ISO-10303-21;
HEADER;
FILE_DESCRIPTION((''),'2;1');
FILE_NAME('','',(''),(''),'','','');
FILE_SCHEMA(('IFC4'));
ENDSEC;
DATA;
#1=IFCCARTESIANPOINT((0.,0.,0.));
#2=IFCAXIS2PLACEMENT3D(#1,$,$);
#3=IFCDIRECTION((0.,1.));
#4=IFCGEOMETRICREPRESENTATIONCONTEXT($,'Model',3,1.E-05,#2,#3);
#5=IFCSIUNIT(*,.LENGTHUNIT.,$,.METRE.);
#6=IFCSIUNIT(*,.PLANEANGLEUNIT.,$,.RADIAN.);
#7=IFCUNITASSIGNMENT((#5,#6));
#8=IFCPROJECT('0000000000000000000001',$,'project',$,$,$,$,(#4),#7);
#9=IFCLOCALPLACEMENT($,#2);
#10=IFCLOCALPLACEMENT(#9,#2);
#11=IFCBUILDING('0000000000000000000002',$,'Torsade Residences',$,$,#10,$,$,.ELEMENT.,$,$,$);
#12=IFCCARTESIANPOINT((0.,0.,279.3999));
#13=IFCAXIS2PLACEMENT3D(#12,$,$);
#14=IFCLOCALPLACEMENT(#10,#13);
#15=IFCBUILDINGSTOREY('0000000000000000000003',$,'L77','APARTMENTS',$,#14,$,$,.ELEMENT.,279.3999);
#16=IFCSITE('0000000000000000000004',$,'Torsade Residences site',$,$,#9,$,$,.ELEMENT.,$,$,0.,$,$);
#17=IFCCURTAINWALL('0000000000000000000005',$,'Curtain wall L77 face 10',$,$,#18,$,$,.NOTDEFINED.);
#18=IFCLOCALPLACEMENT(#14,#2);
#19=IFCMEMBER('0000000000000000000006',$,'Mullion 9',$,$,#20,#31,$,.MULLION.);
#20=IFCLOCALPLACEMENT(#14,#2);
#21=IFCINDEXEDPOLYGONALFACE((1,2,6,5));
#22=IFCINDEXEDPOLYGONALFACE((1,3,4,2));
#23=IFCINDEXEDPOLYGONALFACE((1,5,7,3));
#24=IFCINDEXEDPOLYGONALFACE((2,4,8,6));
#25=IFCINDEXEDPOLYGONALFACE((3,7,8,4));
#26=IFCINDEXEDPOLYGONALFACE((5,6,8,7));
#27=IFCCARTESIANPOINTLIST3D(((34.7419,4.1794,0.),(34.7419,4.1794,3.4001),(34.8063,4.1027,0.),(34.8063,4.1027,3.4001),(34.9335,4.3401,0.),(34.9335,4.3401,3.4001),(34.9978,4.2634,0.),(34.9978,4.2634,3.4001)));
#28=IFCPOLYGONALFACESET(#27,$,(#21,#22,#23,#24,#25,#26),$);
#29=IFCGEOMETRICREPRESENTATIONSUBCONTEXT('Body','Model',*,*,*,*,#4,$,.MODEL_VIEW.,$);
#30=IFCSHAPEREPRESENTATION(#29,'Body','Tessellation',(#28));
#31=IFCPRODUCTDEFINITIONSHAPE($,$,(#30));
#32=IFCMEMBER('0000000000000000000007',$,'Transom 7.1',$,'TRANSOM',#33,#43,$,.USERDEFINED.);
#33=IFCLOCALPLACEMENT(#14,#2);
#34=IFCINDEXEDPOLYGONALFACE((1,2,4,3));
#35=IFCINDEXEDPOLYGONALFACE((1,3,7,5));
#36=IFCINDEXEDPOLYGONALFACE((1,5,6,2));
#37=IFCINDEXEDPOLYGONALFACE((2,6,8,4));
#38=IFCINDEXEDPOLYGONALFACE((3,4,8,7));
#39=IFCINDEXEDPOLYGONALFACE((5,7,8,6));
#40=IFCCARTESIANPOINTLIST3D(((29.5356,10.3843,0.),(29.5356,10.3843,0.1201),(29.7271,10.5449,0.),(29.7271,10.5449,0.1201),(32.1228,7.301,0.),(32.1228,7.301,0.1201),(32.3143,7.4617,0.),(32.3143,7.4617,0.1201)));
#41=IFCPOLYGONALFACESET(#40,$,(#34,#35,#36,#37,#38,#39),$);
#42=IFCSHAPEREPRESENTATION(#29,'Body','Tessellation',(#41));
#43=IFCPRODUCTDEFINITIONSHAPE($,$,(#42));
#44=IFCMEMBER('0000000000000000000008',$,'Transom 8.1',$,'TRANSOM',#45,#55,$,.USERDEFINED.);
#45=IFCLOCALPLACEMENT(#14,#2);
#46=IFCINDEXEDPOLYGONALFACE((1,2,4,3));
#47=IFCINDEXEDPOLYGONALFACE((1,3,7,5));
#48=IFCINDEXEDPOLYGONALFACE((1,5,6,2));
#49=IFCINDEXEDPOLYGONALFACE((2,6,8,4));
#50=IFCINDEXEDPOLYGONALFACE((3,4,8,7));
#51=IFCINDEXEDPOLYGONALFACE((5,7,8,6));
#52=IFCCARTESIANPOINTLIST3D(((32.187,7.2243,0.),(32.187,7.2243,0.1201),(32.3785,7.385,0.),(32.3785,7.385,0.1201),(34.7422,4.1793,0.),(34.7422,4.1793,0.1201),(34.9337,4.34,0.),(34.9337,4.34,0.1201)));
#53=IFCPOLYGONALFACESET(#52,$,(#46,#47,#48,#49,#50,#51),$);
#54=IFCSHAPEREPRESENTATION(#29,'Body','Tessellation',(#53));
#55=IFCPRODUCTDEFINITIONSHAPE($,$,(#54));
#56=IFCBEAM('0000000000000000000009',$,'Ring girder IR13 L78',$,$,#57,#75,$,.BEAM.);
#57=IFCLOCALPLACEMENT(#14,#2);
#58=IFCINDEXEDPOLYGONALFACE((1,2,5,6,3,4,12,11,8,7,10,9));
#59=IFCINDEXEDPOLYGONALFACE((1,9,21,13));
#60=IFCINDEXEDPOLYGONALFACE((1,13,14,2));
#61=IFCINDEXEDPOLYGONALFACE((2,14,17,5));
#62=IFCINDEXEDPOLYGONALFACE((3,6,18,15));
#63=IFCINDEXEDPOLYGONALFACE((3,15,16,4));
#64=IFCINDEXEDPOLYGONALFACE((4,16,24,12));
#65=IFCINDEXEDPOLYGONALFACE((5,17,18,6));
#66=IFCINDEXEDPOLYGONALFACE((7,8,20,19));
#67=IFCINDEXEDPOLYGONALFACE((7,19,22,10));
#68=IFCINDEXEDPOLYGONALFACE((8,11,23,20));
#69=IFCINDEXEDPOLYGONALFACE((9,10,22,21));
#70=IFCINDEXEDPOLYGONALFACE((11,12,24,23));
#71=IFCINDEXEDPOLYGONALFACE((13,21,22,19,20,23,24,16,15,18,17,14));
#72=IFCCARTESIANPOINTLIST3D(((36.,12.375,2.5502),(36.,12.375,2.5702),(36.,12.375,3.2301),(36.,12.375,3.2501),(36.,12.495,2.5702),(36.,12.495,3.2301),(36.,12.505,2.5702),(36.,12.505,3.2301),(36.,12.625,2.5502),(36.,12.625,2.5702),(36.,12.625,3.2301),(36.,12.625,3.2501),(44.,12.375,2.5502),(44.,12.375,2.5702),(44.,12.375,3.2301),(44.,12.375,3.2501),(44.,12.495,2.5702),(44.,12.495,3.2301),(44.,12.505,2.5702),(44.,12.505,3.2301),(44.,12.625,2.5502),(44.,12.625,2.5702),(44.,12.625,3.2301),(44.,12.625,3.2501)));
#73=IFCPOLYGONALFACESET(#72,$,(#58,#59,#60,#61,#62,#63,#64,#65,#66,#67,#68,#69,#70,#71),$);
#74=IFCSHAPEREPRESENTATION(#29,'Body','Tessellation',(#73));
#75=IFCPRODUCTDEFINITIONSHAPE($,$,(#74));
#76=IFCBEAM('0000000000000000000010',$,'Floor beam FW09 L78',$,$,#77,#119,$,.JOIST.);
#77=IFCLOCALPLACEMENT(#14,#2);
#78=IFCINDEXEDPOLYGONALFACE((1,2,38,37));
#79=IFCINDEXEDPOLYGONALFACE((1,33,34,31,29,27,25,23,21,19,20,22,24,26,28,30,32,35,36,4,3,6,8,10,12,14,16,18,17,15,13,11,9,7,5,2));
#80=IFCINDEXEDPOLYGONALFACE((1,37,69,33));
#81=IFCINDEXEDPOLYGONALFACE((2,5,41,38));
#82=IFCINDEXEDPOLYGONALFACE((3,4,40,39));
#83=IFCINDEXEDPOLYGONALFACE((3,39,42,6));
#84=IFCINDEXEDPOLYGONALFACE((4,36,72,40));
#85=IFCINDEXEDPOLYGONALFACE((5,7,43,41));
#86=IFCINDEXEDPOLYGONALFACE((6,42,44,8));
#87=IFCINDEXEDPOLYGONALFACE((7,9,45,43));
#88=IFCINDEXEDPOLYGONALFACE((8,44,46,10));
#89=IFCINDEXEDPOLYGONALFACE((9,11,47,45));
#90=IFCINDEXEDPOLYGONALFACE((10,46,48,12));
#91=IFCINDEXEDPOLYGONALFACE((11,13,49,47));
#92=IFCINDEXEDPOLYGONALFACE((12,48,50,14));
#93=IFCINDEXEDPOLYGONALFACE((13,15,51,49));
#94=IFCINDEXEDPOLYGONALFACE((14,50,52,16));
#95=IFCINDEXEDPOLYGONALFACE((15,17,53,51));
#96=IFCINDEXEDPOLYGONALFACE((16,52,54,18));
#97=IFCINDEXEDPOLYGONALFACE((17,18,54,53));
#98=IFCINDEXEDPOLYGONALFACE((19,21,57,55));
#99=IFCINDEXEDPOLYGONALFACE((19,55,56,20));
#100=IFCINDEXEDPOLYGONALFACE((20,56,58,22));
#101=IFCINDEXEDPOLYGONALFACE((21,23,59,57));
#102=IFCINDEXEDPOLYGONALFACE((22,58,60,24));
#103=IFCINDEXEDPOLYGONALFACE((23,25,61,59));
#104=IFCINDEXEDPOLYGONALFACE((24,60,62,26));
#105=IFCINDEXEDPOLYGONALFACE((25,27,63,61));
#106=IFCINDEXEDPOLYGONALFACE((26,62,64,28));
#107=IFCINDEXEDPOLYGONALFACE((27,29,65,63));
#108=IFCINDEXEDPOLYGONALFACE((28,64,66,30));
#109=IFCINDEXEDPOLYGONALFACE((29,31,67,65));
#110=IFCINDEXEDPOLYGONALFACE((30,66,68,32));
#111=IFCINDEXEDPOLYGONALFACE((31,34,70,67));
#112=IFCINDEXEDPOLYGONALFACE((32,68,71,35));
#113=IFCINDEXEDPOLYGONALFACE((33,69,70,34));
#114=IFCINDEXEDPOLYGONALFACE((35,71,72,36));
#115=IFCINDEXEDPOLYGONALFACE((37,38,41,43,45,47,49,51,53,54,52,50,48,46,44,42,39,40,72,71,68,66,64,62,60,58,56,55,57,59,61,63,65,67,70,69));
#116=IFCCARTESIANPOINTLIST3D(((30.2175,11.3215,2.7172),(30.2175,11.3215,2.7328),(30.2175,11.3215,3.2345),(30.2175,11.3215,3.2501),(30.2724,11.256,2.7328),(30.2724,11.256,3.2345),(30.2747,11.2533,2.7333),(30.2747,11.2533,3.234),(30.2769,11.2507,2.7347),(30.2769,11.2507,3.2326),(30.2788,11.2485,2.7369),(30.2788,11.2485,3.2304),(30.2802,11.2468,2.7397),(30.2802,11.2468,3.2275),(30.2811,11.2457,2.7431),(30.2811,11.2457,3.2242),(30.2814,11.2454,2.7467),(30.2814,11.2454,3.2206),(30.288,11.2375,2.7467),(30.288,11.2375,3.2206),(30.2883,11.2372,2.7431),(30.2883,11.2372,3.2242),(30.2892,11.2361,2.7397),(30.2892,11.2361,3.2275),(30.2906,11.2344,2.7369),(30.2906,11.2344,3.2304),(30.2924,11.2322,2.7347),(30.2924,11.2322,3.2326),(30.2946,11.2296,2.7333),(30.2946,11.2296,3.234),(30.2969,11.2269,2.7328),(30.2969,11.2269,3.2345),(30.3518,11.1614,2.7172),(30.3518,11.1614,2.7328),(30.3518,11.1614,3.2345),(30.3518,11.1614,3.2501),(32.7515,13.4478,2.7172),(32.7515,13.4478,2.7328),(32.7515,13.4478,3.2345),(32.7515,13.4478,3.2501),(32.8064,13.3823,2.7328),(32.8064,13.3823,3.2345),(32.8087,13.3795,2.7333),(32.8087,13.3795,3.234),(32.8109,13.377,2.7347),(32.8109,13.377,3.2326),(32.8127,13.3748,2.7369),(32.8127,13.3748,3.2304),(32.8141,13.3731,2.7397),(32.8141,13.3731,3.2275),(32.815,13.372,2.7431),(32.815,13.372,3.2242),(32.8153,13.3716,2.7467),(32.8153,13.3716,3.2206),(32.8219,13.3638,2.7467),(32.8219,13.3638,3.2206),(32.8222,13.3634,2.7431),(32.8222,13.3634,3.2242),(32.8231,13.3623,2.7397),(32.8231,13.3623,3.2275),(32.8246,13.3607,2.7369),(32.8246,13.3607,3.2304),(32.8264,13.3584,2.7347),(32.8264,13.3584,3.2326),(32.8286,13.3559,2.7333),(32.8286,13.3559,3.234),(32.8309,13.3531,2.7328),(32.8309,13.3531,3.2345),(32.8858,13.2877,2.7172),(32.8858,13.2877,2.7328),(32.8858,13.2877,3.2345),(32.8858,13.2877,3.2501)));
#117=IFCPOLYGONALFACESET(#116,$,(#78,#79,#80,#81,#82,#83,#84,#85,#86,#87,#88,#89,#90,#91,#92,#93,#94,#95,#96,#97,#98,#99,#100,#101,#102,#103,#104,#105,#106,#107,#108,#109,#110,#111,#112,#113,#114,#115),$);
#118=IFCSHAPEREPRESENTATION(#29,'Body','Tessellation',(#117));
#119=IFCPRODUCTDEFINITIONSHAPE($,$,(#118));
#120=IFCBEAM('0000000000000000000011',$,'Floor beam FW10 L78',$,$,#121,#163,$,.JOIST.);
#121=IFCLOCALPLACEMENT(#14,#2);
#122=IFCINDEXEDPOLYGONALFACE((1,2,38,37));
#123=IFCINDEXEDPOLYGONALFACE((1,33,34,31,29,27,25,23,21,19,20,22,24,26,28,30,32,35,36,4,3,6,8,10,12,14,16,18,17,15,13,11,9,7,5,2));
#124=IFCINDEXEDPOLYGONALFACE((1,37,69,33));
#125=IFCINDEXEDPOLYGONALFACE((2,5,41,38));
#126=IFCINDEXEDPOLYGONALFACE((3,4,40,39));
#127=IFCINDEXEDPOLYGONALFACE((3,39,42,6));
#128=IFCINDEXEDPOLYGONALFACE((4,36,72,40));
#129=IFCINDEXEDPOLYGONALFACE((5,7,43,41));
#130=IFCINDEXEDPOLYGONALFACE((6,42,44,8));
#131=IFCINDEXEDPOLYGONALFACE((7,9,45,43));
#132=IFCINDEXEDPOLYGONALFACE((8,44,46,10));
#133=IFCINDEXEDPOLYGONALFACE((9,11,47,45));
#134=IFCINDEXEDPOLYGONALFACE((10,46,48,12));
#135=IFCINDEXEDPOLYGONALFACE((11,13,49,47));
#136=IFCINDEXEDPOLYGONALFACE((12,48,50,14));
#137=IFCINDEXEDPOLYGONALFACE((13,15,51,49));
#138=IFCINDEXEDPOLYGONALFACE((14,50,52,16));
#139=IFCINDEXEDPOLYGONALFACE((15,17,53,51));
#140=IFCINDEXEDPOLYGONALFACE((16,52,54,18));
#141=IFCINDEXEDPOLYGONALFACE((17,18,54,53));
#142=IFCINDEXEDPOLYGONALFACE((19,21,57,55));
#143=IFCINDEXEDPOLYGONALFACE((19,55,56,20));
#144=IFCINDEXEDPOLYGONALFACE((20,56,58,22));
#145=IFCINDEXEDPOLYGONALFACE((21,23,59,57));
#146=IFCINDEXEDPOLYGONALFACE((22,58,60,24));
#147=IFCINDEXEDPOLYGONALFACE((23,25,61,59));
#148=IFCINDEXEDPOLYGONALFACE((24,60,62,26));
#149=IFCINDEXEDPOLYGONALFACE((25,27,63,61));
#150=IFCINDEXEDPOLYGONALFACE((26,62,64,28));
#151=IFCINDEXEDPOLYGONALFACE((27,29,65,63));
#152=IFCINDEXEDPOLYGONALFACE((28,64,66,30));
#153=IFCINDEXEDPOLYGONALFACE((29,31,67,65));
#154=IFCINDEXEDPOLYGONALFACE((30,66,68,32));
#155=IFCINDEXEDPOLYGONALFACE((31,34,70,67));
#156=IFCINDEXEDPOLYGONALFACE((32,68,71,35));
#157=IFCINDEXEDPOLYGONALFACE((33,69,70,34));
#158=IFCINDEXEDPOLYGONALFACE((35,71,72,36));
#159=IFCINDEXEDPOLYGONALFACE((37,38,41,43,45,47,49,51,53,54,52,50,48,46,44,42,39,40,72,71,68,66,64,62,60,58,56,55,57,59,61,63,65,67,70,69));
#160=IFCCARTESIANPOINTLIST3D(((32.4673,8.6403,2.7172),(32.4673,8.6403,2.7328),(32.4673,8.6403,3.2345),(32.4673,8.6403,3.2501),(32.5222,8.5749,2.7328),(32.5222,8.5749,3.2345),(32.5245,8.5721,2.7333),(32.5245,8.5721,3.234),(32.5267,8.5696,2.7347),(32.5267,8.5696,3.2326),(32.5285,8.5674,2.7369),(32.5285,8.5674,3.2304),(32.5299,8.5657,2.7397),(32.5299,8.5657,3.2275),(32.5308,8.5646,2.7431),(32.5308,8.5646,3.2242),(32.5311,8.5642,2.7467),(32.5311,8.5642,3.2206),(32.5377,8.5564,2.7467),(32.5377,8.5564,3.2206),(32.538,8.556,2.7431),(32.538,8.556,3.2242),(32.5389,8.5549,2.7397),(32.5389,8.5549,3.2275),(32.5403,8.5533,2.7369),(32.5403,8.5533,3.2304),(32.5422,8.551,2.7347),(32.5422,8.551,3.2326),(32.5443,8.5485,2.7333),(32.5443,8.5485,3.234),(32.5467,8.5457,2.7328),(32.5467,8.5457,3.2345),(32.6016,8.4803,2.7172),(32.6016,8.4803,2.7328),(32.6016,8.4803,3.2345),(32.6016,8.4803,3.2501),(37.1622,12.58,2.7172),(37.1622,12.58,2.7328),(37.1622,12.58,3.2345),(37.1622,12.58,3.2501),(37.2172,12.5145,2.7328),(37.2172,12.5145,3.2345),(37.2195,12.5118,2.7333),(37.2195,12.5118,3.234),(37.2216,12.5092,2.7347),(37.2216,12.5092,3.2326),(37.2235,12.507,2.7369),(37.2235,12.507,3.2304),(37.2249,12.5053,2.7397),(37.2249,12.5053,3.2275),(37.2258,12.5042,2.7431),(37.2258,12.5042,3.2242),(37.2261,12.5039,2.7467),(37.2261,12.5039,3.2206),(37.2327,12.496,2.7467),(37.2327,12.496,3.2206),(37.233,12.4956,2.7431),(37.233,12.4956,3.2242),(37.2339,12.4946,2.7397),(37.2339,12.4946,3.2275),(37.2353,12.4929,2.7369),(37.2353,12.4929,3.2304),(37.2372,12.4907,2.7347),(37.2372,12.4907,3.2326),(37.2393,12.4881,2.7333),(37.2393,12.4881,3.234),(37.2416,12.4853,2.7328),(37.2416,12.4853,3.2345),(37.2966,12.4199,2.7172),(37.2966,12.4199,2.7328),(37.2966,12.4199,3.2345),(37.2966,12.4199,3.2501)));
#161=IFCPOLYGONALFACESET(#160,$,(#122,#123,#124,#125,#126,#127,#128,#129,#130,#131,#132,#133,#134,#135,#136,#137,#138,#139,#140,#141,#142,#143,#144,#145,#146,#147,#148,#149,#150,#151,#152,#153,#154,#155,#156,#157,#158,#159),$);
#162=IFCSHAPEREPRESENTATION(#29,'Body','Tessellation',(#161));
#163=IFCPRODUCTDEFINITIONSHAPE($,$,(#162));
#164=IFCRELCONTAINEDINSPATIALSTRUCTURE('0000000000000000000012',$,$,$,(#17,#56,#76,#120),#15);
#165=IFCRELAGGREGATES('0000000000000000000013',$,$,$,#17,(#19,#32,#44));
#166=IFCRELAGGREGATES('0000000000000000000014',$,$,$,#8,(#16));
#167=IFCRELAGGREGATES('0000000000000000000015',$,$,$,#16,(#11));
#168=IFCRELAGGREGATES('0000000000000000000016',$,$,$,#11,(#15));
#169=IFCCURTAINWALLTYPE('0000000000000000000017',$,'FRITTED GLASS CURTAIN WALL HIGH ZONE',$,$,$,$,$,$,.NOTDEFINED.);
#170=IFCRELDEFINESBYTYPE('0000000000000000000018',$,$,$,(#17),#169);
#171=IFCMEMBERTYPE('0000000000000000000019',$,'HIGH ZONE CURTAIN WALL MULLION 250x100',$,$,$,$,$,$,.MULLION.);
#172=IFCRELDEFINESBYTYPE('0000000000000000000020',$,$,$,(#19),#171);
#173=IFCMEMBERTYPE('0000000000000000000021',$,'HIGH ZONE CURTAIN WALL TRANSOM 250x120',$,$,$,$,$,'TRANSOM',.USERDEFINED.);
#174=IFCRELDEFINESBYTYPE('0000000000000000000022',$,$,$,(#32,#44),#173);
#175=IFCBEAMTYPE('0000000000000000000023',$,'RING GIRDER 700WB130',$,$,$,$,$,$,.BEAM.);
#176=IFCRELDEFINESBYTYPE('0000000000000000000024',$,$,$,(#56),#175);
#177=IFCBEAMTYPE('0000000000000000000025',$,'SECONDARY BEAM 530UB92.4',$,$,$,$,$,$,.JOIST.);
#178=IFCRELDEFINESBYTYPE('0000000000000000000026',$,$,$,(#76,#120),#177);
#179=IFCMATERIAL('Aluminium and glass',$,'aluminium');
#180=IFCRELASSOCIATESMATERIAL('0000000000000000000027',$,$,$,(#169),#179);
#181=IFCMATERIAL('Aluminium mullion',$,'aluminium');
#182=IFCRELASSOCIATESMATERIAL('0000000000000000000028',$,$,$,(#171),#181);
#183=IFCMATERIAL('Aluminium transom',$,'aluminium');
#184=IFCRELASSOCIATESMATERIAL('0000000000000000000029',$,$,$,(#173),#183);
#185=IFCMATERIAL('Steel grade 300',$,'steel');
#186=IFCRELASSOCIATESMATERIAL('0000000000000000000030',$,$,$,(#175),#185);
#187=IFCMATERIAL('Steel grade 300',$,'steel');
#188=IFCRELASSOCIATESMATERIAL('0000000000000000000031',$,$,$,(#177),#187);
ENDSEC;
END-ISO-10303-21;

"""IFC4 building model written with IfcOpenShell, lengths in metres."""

from ifc_helpers import new_model, si_unit, direction, frame, origin, origin_2d, place, context, subcontext, project, spatial, rectangle, i_section, extrude, material, material_profile, profile_set, type_object, element, aggregate, save


model = new_model("IFC4")

# Units and contexts
model_context = context("Model", 3, precision=1e-05, world=origin(), true_north=direction((0.0, 1.0)))
body_context = subcontext(model_context, "Body", "Model", "MODEL_VIEW")
ifc_project = project(units=[si_unit("LENGTHUNIT", "METRE"), si_unit("PLANEANGLEUNIT", "RADIAN")], contexts=[model_context])

# Site, building, storey
site_placement = place(None, origin())
site = spatial("IfcSite", under=ifc_project, at=site_placement, Name="Torsade Residences site", CompositionType="ELEMENT", RefElevation=0.0)
building_placement = place(site_placement, origin())
building = spatial("IfcBuilding", under=site, at=building_placement, Name="Torsade Residences", CompositionType="ELEMENT")
storey_placement = place(building_placement, frame((0.0, 0.0, 279.3999)))
storey = spatial("IfcBuildingStorey", under=building, at=storey_placement, Name="L77", Description="APARTMENTS", CompositionType="ELEMENT", Elevation=279.3999)

# Curtain wall, members
ifc_material_1 = material(Name="Aluminium and glass", Category="aluminium")
curtain_wall_type = type_object("IfcCurtainWallType", Name="FRITTED GLASS CURTAIN WALL HIGH ZONE", PredefinedType="NOTDEFINED", material=ifc_material_1)
curtain_wall_placement = place(storey_placement, origin())
curtain_wall = element("IfcCurtainWall", 1, at=curtain_wall_placement, inside=storey, type_object=curtain_wall_type, Name="Curtain wall L77 face 10", PredefinedType="NOTDEFINED")
ifc_material_2 = material(Name="Aluminium mullion", Category="aluminium")
ifc_material_profile_1 = material_profile(ifc_material_2, rectangle(XDim=0.25, YDim=0.1001, at=origin_2d()), Name="HIGH ZONE CURTAIN WALL MULLION 250x100")
ifc_profile_set_1 = profile_set([ifc_material_profile_1], Name="Aluminium mullion")
member_type_1 = type_object("IfcMemberType", Name="HIGH ZONE CURTAIN WALL MULLION 250x100", PredefinedType="MULLION", material=ifc_profile_set_1)
member_1_placement = place(storey_placement, frame((34.8699, 4.2214, 0.0), z_axis=(0.0, 0.0, 1.0), x_axis=(0.766044, 0.642788, 0.0)))
member_1 = element("IfcMember", 2, at=member_1_placement, type_object=member_type_1, Name="Mullion 9", PredefinedType="MULLION", context=body_context, shape_type="SweptSolid", body=[
    extrude(rectangle(XDim=0.25, YDim=0.1001, at=origin_2d()), origin(), (0.0, 0.0, 1.0), 3.4001),
])
ifc_material_3 = material(Name="Aluminium transom", Category="aluminium")
ifc_material_profile_2 = material_profile(ifc_material_3, rectangle(XDim=0.25, YDim=0.1201, at=origin_2d()), Name="HIGH ZONE CURTAIN WALL TRANSOM 250x120")
ifc_profile_set_2 = profile_set([ifc_material_profile_2], Name="Aluminium transom")
member_type_2 = type_object("IfcMemberType", Name="HIGH ZONE CURTAIN WALL TRANSOM 250x120", ElementType="TRANSOM", PredefinedType="USERDEFINED", material=ifc_profile_set_2)
member_2_placement = place(storey_placement, frame((29.6313, 10.4646, 0.0601), z_axis=(0.642788, -0.766044, 0.0), x_axis=(0.766044, 0.642788, 0.0)))
member_2 = element("IfcMember", 3, at=member_2_placement, type_object=member_type_2, Name="Transom 7.1", ObjectType="TRANSOM", PredefinedType="USERDEFINED", context=body_context, shape_type="SweptSolid", body=[
    extrude(rectangle(XDim=0.25, YDim=0.1201, at=origin_2d()), origin(), (0.0, 0.0, 1.0), 4.0249),
])
member_3_placement = place(storey_placement, frame((32.2827, 7.3047, 0.0601), z_axis=(0.642815, -0.766022, 0.0), x_axis=(0.766022, 0.642815, 0.0)))
member_3 = element("IfcMember", 4, at=member_3_placement, type_object=member_type_2, Name="Transom 8.1", ObjectType="TRANSOM", PredefinedType="USERDEFINED", context=body_context, shape_type="SweptSolid", body=[
    extrude(rectangle(XDim=0.25, YDim=0.1201, at=origin_2d()), origin(), (0.0, 0.0, 1.0), 3.9751),
])

# Beams
ifc_material_4 = material(Name="Steel grade 300", Category="steel")
ifc_material_profile_3 = material_profile(ifc_material_4, i_section(OverallWidth=0.25, OverallDepth=0.7, WebThickness=0.01, FlangeThickness=0.02, at=origin_2d()), Name="700WB130")
ifc_profile_set_3 = profile_set([ifc_material_profile_3], Name="Steel grade 300")
beam_type_1 = type_object("IfcBeamType", Name="RING GIRDER 700WB130", PredefinedType="BEAM", material=ifc_profile_set_3)
beam_1_placement = place(storey_placement, frame((36.0, 12.5, 2.9001), z_axis=(1.0, 0.0, 0.0), x_axis=(0.0, 1.0, 0.0)))
element("IfcBeam", 5, at=beam_1_placement, inside=storey, type_object=beam_type_1, Name="Ring girder IR13 L78", PredefinedType="BEAM", context=body_context, shape_type="SweptSolid", body=[
    extrude(i_section(OverallWidth=0.25, OverallDepth=0.7, WebThickness=0.01, FlangeThickness=0.02, at=origin_2d()), origin(), (0.0, 0.0, 1.0), 8.0),
])
ifc_material_5 = material(Name="Steel grade 300", Category="steel")
ifc_material_profile_4 = material_profile(ifc_material_5, i_section(OverallWidth=0.209, OverallDepth=0.533, WebThickness=0.0103, FlangeThickness=0.0156, FilletRadius=0.0139, at=origin_2d()), Name="530UB92.4")
ifc_profile_set_4 = profile_set([ifc_material_profile_4], Name="Steel grade 300")
beam_type_2 = type_object("IfcBeamType", Name="SECONDARY BEAM 530UB92.4", PredefinedType="JOIST", material=ifc_profile_set_4)
beam_2_placement = place(storey_placement, frame((30.2847, 11.2415, 2.9836), z_axis=(0.766045, 0.642787, 0.0), x_axis=(-0.642787, 0.766045, 0.0)))
element("IfcBeam", 6, at=beam_2_placement, inside=storey, type_object=beam_type_2, Name="Floor beam FW09 L78", PredefinedType="JOIST", context=body_context, shape_type="SweptSolid", body=[
    extrude(i_section(OverallWidth=0.209, OverallDepth=0.533, WebThickness=0.0103, FlangeThickness=0.0156, FilletRadius=0.0139, at=origin_2d()), origin(), (0.0, 0.0, 1.0), 3.3079),
])
beam_3_placement = place(storey_placement, frame((32.5344, 8.5603, 2.9836), z_axis=(0.766039, 0.642794, 0.0), x_axis=(-0.642794, 0.766039, 0.0)))
element("IfcBeam", 7, at=beam_3_placement, inside=storey, type_object=beam_type_2, Name="Floor beam FW10 L78", PredefinedType="JOIST", context=body_context, shape_type="SweptSolid", body=[
    extrude(i_section(OverallWidth=0.209, OverallDepth=0.533, WebThickness=0.0103, FlangeThickness=0.0156, FilletRadius=0.0139, at=origin_2d()), origin(), (0.0, 0.0, 1.0), 6.1289),
])

aggregate(curtain_wall, [member_1, member_2, member_3])

save(model, "model.ifc")
